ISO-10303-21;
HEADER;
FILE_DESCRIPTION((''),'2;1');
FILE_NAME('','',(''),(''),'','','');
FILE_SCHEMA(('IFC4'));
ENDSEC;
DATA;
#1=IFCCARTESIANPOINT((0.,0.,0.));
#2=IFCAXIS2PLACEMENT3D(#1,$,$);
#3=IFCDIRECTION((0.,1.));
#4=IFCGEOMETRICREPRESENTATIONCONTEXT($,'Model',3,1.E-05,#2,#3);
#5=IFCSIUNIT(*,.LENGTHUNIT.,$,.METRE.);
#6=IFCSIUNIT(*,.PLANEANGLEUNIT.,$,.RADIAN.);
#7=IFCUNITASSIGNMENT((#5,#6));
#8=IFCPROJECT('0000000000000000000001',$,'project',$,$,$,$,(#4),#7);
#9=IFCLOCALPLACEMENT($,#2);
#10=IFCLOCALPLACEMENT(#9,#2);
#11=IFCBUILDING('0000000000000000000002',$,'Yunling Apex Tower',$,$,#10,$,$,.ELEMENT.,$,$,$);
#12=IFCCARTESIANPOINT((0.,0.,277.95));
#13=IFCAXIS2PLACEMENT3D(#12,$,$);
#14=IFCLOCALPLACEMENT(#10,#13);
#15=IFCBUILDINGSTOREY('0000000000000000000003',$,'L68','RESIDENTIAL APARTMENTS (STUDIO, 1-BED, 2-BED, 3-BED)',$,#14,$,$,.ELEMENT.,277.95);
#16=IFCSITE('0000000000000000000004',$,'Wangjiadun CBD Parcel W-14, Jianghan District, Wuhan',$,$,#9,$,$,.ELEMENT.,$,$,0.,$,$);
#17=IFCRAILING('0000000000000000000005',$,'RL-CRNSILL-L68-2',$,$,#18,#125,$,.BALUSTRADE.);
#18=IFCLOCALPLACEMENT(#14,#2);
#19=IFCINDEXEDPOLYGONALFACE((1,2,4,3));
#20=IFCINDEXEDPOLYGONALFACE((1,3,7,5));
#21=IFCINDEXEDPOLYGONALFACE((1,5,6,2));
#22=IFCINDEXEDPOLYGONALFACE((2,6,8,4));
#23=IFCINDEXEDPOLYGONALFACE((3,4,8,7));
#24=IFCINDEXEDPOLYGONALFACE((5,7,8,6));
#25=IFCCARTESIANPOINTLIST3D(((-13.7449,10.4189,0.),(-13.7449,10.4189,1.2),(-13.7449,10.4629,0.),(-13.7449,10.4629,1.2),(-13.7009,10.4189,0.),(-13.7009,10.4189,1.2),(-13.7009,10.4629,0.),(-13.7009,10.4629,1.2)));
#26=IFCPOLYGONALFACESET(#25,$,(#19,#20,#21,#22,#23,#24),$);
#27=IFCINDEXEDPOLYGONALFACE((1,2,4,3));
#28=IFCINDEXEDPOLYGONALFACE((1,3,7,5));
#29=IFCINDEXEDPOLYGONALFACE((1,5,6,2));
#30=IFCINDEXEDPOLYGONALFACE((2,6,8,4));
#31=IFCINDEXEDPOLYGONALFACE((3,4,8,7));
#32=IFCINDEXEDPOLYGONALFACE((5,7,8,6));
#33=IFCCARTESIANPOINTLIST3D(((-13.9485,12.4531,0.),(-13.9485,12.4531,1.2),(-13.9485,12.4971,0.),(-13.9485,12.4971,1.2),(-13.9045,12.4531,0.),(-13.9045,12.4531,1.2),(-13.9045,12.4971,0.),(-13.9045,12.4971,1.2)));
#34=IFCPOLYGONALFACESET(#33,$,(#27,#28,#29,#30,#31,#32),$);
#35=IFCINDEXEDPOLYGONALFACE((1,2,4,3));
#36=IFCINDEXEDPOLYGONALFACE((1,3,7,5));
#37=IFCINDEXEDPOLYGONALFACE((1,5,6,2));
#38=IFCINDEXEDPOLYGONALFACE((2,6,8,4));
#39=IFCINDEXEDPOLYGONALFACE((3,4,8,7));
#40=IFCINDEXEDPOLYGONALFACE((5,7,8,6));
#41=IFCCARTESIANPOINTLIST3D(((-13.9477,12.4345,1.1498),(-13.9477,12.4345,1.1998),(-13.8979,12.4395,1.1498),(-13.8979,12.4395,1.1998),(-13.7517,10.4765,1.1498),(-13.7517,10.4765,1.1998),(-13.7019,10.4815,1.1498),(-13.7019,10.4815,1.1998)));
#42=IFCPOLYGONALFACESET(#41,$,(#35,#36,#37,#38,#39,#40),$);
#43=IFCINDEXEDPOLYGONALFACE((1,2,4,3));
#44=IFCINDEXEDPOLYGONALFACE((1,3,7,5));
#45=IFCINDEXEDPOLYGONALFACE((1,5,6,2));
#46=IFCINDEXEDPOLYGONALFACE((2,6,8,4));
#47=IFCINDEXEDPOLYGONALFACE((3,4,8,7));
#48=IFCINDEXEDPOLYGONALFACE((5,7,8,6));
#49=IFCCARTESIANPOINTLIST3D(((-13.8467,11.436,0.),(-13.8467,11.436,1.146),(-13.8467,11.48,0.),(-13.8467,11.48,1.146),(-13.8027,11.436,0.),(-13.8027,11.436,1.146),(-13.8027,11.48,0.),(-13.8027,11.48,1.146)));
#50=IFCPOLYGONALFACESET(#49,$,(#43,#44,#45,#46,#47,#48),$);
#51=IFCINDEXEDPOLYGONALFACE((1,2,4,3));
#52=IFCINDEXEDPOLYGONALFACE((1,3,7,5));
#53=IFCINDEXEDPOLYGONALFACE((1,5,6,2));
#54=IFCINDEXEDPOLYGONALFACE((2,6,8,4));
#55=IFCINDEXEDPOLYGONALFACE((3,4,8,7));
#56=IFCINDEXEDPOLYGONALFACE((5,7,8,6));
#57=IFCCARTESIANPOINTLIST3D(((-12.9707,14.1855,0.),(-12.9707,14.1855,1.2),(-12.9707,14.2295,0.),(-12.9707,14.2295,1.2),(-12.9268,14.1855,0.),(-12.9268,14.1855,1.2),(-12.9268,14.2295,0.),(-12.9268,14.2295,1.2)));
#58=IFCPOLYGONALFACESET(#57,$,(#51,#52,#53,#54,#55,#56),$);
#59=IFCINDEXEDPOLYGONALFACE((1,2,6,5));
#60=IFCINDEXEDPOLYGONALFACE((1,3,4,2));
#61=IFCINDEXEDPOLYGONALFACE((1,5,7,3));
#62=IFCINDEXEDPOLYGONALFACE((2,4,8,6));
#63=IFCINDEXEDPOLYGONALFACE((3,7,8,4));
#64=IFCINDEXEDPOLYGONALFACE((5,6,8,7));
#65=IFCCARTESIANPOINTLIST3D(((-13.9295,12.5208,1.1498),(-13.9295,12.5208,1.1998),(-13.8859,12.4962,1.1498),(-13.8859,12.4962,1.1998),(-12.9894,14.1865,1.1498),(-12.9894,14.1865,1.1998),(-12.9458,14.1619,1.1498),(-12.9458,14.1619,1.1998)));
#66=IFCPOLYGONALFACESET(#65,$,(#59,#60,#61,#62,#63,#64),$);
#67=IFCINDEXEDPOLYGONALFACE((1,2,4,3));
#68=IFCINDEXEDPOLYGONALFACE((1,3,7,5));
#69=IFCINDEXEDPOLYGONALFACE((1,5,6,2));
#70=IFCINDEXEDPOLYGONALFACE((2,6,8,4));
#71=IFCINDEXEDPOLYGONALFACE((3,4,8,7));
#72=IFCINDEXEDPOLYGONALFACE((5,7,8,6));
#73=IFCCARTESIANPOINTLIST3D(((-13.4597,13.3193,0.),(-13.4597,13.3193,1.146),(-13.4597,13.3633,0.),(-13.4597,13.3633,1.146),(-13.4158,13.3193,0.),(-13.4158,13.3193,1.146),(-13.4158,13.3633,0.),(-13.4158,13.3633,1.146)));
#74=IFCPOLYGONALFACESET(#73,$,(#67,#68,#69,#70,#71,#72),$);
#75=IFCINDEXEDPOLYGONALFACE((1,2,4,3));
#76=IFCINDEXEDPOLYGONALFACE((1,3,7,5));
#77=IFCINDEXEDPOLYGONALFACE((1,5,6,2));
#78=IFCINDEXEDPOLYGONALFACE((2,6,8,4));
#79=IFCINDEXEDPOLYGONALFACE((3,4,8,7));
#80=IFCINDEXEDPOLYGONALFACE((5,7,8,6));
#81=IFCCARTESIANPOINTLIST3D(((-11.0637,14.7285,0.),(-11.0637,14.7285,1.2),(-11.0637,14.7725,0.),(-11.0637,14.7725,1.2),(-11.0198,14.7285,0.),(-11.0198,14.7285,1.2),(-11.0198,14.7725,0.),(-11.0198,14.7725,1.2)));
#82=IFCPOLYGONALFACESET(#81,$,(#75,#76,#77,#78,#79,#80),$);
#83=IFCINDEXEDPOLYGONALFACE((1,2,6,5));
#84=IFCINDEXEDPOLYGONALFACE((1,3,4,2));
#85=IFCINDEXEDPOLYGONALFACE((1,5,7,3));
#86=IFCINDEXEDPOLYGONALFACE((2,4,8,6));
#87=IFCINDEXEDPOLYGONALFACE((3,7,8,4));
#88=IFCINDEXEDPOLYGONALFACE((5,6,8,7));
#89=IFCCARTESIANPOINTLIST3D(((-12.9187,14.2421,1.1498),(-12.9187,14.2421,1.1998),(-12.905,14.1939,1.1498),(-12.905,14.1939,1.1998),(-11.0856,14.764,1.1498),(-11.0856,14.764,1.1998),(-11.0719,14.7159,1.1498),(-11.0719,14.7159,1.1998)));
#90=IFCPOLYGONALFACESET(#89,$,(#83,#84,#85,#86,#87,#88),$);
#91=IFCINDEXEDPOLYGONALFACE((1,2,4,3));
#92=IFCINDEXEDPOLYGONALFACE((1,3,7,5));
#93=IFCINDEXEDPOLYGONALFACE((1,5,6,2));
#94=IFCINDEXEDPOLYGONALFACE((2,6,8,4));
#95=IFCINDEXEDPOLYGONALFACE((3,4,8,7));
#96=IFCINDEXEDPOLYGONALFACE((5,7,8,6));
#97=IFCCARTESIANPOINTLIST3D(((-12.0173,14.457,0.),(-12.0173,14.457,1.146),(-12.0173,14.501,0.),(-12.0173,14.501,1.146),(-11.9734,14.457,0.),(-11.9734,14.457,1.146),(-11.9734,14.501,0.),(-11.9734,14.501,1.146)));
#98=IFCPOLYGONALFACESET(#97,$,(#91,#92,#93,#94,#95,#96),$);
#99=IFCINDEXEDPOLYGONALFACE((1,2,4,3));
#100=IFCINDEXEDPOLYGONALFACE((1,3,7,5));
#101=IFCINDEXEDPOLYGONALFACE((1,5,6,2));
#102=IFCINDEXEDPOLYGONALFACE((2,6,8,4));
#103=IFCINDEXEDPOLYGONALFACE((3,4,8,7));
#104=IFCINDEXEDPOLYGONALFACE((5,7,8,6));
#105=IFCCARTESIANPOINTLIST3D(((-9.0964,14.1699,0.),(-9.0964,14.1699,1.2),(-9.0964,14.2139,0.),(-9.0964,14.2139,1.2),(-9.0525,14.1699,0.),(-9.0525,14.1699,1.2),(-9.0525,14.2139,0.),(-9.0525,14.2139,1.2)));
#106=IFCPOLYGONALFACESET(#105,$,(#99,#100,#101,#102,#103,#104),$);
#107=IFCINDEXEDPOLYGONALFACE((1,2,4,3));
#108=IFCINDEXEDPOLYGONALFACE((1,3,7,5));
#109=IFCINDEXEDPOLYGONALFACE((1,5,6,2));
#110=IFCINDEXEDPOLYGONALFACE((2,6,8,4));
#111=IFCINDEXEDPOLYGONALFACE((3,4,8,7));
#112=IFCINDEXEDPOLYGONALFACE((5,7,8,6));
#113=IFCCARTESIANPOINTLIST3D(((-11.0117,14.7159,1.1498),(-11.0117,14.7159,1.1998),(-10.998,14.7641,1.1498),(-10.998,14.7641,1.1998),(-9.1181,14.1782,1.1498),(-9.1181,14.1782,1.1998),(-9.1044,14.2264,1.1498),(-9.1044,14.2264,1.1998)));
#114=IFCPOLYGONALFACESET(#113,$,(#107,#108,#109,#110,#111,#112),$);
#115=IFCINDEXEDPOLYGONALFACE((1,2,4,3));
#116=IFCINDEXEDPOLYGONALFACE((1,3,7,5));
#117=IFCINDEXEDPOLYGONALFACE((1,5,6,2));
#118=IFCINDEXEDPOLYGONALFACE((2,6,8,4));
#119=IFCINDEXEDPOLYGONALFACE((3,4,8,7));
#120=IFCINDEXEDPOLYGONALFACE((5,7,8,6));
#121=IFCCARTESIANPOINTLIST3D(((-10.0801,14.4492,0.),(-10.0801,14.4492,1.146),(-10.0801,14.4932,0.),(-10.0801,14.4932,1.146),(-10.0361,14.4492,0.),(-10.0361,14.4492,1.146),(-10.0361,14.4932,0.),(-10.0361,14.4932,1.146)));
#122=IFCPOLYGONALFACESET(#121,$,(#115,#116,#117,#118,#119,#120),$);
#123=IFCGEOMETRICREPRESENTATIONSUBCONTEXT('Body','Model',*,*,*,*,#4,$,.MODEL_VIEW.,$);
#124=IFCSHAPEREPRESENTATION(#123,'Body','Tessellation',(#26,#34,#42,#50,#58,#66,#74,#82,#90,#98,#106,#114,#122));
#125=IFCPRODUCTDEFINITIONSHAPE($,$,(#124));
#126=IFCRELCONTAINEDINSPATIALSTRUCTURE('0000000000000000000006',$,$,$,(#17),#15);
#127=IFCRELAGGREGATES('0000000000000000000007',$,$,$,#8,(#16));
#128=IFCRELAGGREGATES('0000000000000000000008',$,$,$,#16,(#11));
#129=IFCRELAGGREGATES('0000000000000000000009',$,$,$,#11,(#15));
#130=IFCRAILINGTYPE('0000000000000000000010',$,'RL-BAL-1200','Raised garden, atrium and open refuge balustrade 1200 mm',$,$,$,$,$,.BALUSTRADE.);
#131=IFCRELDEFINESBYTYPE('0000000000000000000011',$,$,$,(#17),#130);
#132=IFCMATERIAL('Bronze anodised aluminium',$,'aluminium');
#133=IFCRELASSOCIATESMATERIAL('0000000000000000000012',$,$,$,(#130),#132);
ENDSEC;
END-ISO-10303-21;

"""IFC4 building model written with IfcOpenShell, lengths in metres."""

from ifc_helpers import new_model, si_unit, direction, frame, origin, origin_2d, place, context, subcontext, project, spatial, rectangle, extrude, material, type_object, element, save


model = new_model("IFC4")

# Units and contexts
model_context = context("Model", 3, precision=1e-05, world=origin(), true_north=direction((0.0, 1.0)))
body_context = subcontext(model_context, "Body", "Model", "MODEL_VIEW")
ifc_project = project(units=[si_unit("LENGTHUNIT", "METRE"), si_unit("PLANEANGLEUNIT", "RADIAN")], contexts=[model_context])

# Site, building, storey
site_placement = place(None, origin())
site = spatial("IfcSite", under=ifc_project, at=site_placement, Name="Wangjiadun CBD Parcel W-14, Jianghan District, Wuhan", CompositionType="ELEMENT", RefElevation=0.0)
building_placement = place(site_placement, origin())
building = spatial("IfcBuilding", under=site, at=building_placement, Name="Yunling Apex Tower", CompositionType="ELEMENT")
storey_placement = place(building_placement, frame((0.0, 0.0, 277.95)))
storey = spatial("IfcBuildingStorey", under=building, at=storey_placement, Name="L68", Description="RESIDENTIAL APARTMENTS (STUDIO, 1-BED, 2-BED, 3-BED)", CompositionType="ELEMENT", Elevation=277.95)

# Shared definitions
ifc_material_1 = material(Name="Bronze anodised aluminium", Category="aluminium")

# Railing
railing_type = type_object("IfcRailingType", Name="RL-BAL-1200", Description="Raised garden, atrium and open refuge balustrade 1200 mm", PredefinedType="BALUSTRADE", material=ifc_material_1)
railing_placement = place(storey_placement, frame((-13.7229, 10.4409, 0.0)))
element("IfcRailing", 1, at=railing_placement, inside=storey, type_object=railing_type, Name="RL-CRNSILL-L68-2", PredefinedType="BALUSTRADE", context=body_context, shape_type="SweptSolid", body=[
    extrude(rectangle(XDim=0.0439, YDim=0.0439, at=origin_2d()), origin(), (0.0, 0.0, 1.0), 1.2),
    extrude(rectangle(XDim=0.0439, YDim=0.0439, at=origin_2d()), frame((-0.2036, 2.0342, 0.0)), (0.0, 0.0, 1.0), 1.2),
    extrude(rectangle(XDim=0.05, YDim=0.05, at=origin_2d()), frame((-0.0039, 0.0381, 1.1748), z_axis=(-0.099598, 0.995028, 0.0), x_axis=(-0.995028, -0.099598, 0.0)), (0.0, 0.0, 1.0), 1.9678),
    extrude(rectangle(XDim=0.0439, YDim=0.0439, at=origin_2d()), frame((-0.1018, 1.0171, 0.0)), (0.0, 0.0, 1.0), 1.146),
    extrude(rectangle(XDim=0.0439, YDim=0.0439, at=origin_2d()), frame((0.7742, 3.7666, 0.0)), (0.0, 0.0, 1.0), 1.2),
    extrude(rectangle(XDim=0.05, YDim=0.05, at=origin_2d()), frame((-0.1848, 2.0676, 1.1748), z_axis=(0.491519, 0.870867, 0.0), x_axis=(-0.870867, 0.491519, 0.0)), (0.0, 0.0, 1.0), 1.9126),
    extrude(rectangle(XDim=0.0439, YDim=0.0439, at=origin_2d()), frame((0.2852, 2.9004, 0.0)), (0.0, 0.0, 1.0), 1.146),
    extrude(rectangle(XDim=0.0439, YDim=0.0439, at=origin_2d()), frame((2.6812, 4.3096, 0.0)), (0.0, 0.0, 1.0), 1.2),
    extrude(rectangle(XDim=0.05, YDim=0.05, at=origin_2d()), frame((0.811, 3.7771, 1.1748), z_axis=(0.961774, 0.273843, 0.0), x_axis=(-0.273843, 0.961774, 0.0)), (0.0, 0.0, 1.0), 1.906),
    extrude(rectangle(XDim=0.0439, YDim=0.0439, at=origin_2d()), frame((1.7275, 4.0381, 0.0)), (0.0, 0.0, 1.0), 1.146),
    extrude(rectangle(XDim=0.0439, YDim=0.0439, at=origin_2d()), frame((4.6484, 3.751, 0.0)), (0.0, 0.0, 1.0), 1.2),
    extrude(rectangle(XDim=0.05, YDim=0.05, at=origin_2d()), frame((2.718, 4.2991, 1.1748), z_axis=(0.961973, -0.273144, 0.0), x_axis=(0.273144, 0.961973, 0.0)), (0.0, 0.0, 1.0), 1.9685),
    extrude(rectangle(XDim=0.0439, YDim=0.0439, at=origin_2d()), frame((3.6648, 4.0303, 0.0)), (0.0, 0.0, 1.0), 1.146),
])

save(model, "model.ifc")
